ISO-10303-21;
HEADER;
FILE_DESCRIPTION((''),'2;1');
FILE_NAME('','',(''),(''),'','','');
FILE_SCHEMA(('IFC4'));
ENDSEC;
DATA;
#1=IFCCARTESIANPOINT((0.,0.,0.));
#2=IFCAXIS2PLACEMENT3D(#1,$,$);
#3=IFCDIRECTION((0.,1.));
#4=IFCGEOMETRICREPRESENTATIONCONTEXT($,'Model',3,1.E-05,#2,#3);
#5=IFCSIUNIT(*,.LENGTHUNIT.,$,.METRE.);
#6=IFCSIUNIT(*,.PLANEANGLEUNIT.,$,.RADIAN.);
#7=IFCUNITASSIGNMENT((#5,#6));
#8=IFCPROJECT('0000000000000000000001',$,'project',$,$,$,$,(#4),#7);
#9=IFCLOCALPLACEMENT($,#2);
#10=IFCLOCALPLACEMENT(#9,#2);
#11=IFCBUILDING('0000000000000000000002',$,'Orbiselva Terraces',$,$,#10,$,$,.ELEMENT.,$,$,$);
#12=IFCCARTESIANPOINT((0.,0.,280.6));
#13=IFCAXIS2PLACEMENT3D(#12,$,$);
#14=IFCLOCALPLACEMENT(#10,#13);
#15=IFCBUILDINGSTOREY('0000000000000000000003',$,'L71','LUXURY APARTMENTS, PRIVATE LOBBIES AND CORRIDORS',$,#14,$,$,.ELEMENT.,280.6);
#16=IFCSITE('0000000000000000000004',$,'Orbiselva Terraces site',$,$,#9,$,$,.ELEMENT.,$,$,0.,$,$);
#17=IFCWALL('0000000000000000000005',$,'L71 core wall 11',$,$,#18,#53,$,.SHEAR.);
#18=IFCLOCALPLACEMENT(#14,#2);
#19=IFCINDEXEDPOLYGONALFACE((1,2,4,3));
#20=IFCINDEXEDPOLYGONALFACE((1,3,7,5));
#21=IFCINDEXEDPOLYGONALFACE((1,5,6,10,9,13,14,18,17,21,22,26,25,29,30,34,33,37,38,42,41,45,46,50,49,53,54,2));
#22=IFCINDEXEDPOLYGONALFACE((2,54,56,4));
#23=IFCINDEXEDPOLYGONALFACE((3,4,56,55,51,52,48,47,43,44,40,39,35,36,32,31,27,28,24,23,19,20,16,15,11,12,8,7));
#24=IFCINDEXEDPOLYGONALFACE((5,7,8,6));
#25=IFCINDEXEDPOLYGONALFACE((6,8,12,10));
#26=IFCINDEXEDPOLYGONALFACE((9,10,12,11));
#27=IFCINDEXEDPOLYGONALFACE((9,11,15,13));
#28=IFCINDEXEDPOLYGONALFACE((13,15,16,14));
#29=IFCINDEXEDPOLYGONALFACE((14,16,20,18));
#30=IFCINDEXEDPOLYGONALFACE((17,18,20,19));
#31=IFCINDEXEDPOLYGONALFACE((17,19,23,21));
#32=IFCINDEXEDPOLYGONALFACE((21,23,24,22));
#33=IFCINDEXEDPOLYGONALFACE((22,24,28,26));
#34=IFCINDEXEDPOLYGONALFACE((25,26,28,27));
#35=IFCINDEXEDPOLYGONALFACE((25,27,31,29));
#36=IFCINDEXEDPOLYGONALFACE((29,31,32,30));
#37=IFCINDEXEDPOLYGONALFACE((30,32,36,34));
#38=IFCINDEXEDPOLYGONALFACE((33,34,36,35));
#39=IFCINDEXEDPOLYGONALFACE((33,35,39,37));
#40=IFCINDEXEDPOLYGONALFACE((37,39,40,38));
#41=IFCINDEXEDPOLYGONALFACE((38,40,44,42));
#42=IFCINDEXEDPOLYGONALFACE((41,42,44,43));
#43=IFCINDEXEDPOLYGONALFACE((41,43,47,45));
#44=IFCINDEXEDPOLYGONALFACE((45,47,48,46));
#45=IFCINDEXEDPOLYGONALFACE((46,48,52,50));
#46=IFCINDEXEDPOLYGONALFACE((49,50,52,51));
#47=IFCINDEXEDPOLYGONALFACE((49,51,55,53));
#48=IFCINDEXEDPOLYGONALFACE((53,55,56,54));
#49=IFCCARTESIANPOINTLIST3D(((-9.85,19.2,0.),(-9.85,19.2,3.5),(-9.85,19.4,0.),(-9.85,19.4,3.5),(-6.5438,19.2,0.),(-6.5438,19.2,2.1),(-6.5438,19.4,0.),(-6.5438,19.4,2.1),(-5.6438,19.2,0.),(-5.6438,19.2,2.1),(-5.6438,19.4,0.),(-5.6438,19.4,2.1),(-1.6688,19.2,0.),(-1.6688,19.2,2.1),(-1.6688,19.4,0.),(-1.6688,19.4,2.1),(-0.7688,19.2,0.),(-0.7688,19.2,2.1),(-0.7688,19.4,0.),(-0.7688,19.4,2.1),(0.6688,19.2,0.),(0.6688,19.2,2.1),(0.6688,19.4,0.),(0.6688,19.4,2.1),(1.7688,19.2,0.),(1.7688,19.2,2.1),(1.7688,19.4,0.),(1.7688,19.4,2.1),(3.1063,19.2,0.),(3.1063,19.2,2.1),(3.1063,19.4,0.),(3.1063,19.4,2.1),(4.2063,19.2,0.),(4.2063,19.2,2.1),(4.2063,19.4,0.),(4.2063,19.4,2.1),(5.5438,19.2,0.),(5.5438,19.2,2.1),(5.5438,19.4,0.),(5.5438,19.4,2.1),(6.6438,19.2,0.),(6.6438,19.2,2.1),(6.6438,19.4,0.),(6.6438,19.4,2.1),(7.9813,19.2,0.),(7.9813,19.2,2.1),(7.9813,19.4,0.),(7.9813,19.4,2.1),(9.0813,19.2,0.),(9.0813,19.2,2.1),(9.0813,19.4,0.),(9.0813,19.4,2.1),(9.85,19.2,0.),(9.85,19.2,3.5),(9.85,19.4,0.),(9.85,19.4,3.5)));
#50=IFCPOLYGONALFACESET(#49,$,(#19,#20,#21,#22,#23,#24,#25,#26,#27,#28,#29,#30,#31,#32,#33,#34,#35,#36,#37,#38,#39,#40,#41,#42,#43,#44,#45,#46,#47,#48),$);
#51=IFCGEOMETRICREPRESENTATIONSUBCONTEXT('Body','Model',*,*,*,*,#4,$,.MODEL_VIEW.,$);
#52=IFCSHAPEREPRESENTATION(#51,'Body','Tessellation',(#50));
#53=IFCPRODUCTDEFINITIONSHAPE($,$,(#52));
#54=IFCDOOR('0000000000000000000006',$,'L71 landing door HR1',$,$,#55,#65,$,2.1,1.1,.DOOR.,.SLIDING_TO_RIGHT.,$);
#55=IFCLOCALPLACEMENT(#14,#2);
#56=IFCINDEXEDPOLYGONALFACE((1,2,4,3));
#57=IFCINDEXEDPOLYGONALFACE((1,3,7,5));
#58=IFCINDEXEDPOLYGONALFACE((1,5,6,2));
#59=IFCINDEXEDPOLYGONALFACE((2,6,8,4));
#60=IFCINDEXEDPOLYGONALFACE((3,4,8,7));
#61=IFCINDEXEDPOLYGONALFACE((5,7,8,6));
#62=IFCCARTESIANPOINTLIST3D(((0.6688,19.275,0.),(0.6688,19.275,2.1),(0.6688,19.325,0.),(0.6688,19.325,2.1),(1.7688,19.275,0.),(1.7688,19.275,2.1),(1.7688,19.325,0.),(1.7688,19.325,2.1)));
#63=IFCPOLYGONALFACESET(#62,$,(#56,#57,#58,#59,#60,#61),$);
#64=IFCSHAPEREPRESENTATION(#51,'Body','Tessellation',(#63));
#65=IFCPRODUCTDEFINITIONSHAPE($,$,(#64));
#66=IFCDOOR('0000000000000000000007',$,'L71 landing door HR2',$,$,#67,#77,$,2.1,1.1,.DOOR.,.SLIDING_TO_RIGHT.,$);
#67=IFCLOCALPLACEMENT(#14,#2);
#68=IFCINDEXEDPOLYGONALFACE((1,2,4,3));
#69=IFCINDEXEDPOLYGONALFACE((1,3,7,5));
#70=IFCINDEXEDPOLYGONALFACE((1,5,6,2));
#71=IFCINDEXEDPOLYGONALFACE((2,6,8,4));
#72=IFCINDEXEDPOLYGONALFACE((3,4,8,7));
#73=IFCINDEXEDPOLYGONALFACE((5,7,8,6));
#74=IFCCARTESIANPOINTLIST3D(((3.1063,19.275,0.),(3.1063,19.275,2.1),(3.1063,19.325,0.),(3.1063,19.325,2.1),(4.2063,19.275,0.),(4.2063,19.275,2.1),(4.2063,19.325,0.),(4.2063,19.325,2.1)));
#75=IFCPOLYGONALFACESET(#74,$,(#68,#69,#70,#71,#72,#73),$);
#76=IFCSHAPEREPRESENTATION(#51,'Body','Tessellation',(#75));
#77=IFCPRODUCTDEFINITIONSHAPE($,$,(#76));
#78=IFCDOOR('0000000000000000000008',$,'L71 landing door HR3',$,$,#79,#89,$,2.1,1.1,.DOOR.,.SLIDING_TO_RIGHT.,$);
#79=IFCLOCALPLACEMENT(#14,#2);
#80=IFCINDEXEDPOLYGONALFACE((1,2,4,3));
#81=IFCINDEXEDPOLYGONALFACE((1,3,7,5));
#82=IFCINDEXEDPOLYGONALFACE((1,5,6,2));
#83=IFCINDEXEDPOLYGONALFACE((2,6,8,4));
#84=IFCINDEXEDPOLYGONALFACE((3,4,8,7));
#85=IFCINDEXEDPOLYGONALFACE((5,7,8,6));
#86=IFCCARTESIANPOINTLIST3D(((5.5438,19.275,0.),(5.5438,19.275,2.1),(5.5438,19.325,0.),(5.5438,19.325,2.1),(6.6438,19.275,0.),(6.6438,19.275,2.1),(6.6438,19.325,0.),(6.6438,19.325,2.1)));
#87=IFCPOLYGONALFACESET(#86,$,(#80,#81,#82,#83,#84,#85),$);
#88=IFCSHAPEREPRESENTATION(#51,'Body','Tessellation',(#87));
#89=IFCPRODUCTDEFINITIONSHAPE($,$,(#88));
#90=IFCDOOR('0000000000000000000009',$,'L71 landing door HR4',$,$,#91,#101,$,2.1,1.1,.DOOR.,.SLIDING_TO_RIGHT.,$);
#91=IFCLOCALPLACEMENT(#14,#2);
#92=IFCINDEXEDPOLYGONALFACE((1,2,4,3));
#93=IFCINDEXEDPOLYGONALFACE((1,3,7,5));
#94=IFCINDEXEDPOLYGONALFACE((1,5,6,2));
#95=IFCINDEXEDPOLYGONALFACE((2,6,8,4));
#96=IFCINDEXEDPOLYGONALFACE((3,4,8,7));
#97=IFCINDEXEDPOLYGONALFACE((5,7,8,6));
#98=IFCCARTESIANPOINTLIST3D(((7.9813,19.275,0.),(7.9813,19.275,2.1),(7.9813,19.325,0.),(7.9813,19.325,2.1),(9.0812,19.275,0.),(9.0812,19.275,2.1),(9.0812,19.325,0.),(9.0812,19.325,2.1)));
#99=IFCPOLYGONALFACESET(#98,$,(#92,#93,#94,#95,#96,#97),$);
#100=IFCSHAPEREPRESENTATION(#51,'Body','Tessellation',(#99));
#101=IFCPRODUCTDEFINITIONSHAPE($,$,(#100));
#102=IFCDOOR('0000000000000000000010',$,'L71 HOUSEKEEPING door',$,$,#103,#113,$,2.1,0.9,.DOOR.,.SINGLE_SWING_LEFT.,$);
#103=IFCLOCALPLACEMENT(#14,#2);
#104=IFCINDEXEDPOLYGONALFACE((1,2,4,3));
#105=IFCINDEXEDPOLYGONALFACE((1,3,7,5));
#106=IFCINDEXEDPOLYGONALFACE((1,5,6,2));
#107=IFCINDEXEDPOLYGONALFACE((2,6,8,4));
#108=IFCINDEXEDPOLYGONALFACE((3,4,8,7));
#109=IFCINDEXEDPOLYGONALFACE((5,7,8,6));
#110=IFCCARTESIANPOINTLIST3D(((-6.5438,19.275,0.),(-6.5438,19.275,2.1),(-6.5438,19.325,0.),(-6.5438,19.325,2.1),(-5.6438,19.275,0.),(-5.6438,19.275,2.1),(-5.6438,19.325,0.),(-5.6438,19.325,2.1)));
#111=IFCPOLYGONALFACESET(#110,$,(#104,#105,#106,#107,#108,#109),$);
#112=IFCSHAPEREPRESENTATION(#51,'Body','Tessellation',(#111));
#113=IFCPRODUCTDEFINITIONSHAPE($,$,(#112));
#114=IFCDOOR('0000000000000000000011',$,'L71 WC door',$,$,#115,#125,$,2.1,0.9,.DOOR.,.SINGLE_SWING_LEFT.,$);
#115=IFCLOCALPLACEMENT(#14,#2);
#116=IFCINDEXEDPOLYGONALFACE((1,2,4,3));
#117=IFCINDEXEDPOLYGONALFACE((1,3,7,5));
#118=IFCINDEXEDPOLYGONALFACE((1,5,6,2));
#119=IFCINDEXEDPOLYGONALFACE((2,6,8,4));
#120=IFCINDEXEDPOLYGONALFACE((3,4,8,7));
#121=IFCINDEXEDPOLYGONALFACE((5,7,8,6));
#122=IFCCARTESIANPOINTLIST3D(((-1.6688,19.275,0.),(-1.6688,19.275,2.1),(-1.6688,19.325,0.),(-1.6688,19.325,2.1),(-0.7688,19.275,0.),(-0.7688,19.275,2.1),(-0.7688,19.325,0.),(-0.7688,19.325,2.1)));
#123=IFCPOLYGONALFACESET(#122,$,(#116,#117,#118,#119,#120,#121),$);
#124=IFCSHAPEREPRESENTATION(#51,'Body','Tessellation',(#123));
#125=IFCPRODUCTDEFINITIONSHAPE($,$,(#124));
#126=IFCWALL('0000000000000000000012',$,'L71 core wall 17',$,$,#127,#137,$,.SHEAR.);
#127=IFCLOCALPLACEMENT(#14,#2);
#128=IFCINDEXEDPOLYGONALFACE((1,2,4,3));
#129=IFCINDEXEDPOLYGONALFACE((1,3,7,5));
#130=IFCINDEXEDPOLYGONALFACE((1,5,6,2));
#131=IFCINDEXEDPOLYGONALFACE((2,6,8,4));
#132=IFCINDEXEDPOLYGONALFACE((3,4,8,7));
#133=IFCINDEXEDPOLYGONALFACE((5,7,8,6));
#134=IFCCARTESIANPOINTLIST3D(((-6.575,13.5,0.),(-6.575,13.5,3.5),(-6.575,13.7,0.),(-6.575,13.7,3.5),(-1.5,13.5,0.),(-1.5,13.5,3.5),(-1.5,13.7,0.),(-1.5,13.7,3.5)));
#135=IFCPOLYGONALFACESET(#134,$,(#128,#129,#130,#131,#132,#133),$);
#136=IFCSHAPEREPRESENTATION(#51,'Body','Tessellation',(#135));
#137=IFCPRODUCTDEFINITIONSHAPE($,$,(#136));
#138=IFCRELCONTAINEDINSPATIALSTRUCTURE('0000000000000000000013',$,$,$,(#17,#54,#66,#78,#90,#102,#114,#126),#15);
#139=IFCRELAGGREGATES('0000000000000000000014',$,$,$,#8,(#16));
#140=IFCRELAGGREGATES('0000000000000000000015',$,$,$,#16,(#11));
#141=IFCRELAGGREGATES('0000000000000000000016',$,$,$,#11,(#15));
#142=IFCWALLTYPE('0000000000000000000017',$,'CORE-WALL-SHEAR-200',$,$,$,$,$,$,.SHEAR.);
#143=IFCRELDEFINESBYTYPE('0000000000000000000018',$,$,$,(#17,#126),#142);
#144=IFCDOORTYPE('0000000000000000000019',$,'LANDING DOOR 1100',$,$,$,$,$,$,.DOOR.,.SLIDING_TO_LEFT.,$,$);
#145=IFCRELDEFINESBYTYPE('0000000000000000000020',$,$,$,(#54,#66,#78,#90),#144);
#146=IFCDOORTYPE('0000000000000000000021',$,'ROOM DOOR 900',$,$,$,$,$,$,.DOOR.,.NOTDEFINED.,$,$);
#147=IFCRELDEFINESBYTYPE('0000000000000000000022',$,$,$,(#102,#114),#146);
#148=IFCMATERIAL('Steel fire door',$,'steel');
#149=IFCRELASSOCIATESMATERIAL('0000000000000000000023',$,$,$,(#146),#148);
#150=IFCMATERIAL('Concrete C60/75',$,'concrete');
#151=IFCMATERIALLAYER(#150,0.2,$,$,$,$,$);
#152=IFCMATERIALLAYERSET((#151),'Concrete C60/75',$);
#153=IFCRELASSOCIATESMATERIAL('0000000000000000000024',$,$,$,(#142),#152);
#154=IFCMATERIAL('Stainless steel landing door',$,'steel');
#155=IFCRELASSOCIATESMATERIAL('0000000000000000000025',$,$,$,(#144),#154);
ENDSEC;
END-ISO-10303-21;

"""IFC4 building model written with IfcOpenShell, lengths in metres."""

from ifc_helpers import new_model, si_unit, direction, frame, frame_2d, origin, place, context, subcontext, project, spatial, rectangle, extrude, material, layer, layer_set, type_object, element, fill, save


model = new_model("IFC4")

# Units and contexts
model_context = context("Model", 3, precision=1e-05, world=origin(), true_north=direction((0.0, 1.0)))
body_context = subcontext(model_context, "Body", "Model", "MODEL_VIEW")
ifc_project = project(units=[si_unit("LENGTHUNIT", "METRE"), si_unit("PLANEANGLEUNIT", "RADIAN")], contexts=[model_context])

# Site, building, storey
site_placement = place(None, origin())
site = spatial("IfcSite", under=ifc_project, at=site_placement, Name="Orbiselva Terraces site", CompositionType="ELEMENT", RefElevation=0.0)
building_placement = place(site_placement, origin())
building = spatial("IfcBuilding", under=site, at=building_placement, Name="Orbiselva Terraces", CompositionType="ELEMENT")
storey_placement = place(building_placement, frame((0.0, 0.0, 280.6)))
storey = spatial("IfcBuildingStorey", under=building, at=storey_placement, Name="L71", Description="LUXURY APARTMENTS, PRIVATE LOBBIES AND CORRIDORS", CompositionType="ELEMENT", Elevation=280.6)

# Shared definitions
ifc_material_1 = material(Name="Steel fire door", Category="steel")
door_type_1 = type_object("IfcDoorType", Name="ROOM DOOR 900", OperationType="NOTDEFINED", PredefinedType="DOOR", material=ifc_material_1)

# Shared definitions
ifc_material_2 = material(Name="Concrete C60/75", Category="concrete")
ifc_layer_1 = layer(ifc_material_2, 0.2)
ifc_layer_set_1 = layer_set([ifc_layer_1], Name="Concrete C60/75")
wall_type_1 = type_object("IfcWallType", Name="CORE-WALL-SHEAR-200", PredefinedType="SHEAR", material=ifc_layer_set_1)

# Wall, openings, doors
wall_1_placement = place(storey_placement, frame((-9.85, 19.3, 0.0), z_axis=(0.0, 0.0, 1.0), x_axis=(1.0, 0.0, 0.0)))
wall_1 = element("IfcWall", 1, at=wall_1_placement, inside=storey, type_object=wall_type_1, Name="L71 core wall 11", PredefinedType="SHEAR", context=body_context, shape_type="SweptSolid", body=[
    extrude(rectangle(XDim=19.7, YDim=0.2, at=frame_2d((9.85, 0.0))), origin(), (0.0, 0.0, 1.0), 3.5),
])
opening_1_placement = place(wall_1_placement, frame((10.5188, 0.0, 0.0)))
opening_1 = element("IfcOpeningElement", 2, at=opening_1_placement, cuts=wall_1, PredefinedType="OPENING", context=body_context, shape_type="SweptSolid", body=[
    extrude(rectangle(XDim=1.1, YDim=2.1, at=frame_2d((0.55, 1.05))), frame((0.0, 0.11, 0.0), z_axis=(0.0, -1.0, 0.0), x_axis=(1.0, 0.0, 0.0)), (0.0, 0.0, 1.0), 0.22),
])
opening_2_placement = place(wall_1_placement, frame((12.9563, 0.0, 0.0)))
opening_2 = element("IfcOpeningElement", 3, at=opening_2_placement, cuts=wall_1, PredefinedType="OPENING", context=body_context, shape_type="SweptSolid", body=[
    extrude(rectangle(XDim=1.1, YDim=2.1, at=frame_2d((0.55, 1.05))), frame((0.0, 0.11, 0.0), z_axis=(0.0, -1.0, 0.0), x_axis=(1.0, 0.0, 0.0)), (0.0, 0.0, 1.0), 0.22),
])
opening_3_placement = place(wall_1_placement, frame((15.3938, 0.0, 0.0)))
opening_3 = element("IfcOpeningElement", 4, at=opening_3_placement, cuts=wall_1, PredefinedType="OPENING", context=body_context, shape_type="SweptSolid", body=[
    extrude(rectangle(XDim=1.1, YDim=2.1, at=frame_2d((0.55, 1.05))), frame((0.0, 0.11, 0.0), z_axis=(0.0, -1.0, 0.0), x_axis=(1.0, 0.0, 0.0)), (0.0, 0.0, 1.0), 0.22),
])
opening_4_placement = place(wall_1_placement, frame((17.8313, 0.0, 0.0)))
opening_4 = element("IfcOpeningElement", 5, at=opening_4_placement, cuts=wall_1, PredefinedType="OPENING", context=body_context, shape_type="SweptSolid", body=[
    extrude(rectangle(XDim=1.1, YDim=2.1, at=frame_2d((0.55, 1.05))), frame((0.0, 0.11, 0.0), z_axis=(0.0, -1.0, 0.0), x_axis=(1.0, 0.0, 0.0)), (0.0, 0.0, 1.0), 0.22),
])
opening_5_placement = place(wall_1_placement, frame((3.3062, 0.0, 0.0)))
opening_5 = element("IfcOpeningElement", 6, at=opening_5_placement, cuts=wall_1, PredefinedType="OPENING", context=body_context, shape_type="SweptSolid", body=[
    extrude(rectangle(XDim=0.9, YDim=2.1, at=frame_2d((0.45, 1.05))), frame((0.0, 0.11, 0.0), z_axis=(0.0, -1.0, 0.0), x_axis=(1.0, 0.0, 0.0)), (0.0, 0.0, 1.0), 0.22),
])
opening_6_placement = place(wall_1_placement, frame((8.1812, 0.0, 0.0)))
opening_6 = element("IfcOpeningElement", 7, at=opening_6_placement, cuts=wall_1, PredefinedType="OPENING", context=body_context, shape_type="SweptSolid", body=[
    extrude(rectangle(XDim=0.9, YDim=2.1, at=frame_2d((0.45, 1.05))), frame((0.0, 0.11, 0.0), z_axis=(0.0, -1.0, 0.0), x_axis=(1.0, 0.0, 0.0)), (0.0, 0.0, 1.0), 0.22),
])
ifc_material_3 = material(Name="Stainless steel landing door", Category="steel")
door_type_2 = type_object("IfcDoorType", Name="LANDING DOOR 1100", OperationType="SLIDING_TO_LEFT", PredefinedType="DOOR", material=ifc_material_3)
door_1_placement = place(opening_1_placement, origin())
door_1 = element("IfcDoor", 8, at=door_1_placement, inside=storey, type_object=door_type_2, Name="L71 landing door HR1", OperationType="SLIDING_TO_RIGHT", OverallHeight=2.1, OverallWidth=1.1, PredefinedType="DOOR", context=body_context, shape_type="SweptSolid", body=[
    extrude(rectangle(XDim=1.1, YDim=2.1, at=frame_2d((0.55, 1.05))), frame((0.0, 0.025, 0.0), z_axis=(0.0, -1.0, 0.0), x_axis=(1.0, 0.0, 0.0)), (0.0, 0.0, 1.0), 0.05),
])
fill(opening_1, door_1)
door_2_placement = place(opening_2_placement, origin())
door_2 = element("IfcDoor", 9, at=door_2_placement, inside=storey, type_object=door_type_2, Name="L71 landing door HR2", OperationType="SLIDING_TO_RIGHT", OverallHeight=2.1, OverallWidth=1.1, PredefinedType="DOOR", context=body_context, shape_type="SweptSolid", body=[
    extrude(rectangle(XDim=1.1, YDim=2.1, at=frame_2d((0.55, 1.05))), frame((0.0, 0.025, 0.0), z_axis=(0.0, -1.0, 0.0), x_axis=(1.0, 0.0, 0.0)), (0.0, 0.0, 1.0), 0.05),
])
fill(opening_2, door_2)
door_3_placement = place(opening_3_placement, origin())
door_3 = element("IfcDoor", 10, at=door_3_placement, inside=storey, type_object=door_type_2, Name="L71 landing door HR3", OperationType="SLIDING_TO_RIGHT", OverallHeight=2.1, OverallWidth=1.1, PredefinedType="DOOR", context=body_context, shape_type="SweptSolid", body=[
    extrude(rectangle(XDim=1.1, YDim=2.1, at=frame_2d((0.55, 1.05))), frame((0.0, 0.025, 0.0), z_axis=(0.0, -1.0, 0.0), x_axis=(1.0, 0.0, 0.0)), (0.0, 0.0, 1.0), 0.05),
])
fill(opening_3, door_3)
door_4_placement = place(opening_4_placement, origin())
door_4 = element("IfcDoor", 11, at=door_4_placement, inside=storey, type_object=door_type_2, Name="L71 landing door HR4", OperationType="SLIDING_TO_RIGHT", OverallHeight=2.1, OverallWidth=1.1, PredefinedType="DOOR", context=body_context, shape_type="SweptSolid", body=[
    extrude(rectangle(XDim=1.1, YDim=2.1, at=frame_2d((0.55, 1.05))), frame((0.0, 0.025, 0.0), z_axis=(0.0, -1.0, 0.0), x_axis=(1.0, 0.0, 0.0)), (0.0, 0.0, 1.0), 0.05),
])
fill(opening_4, door_4)
door_5_placement = place(opening_5_placement, origin())
door_5 = element("IfcDoor", 12, at=door_5_placement, inside=storey, type_object=door_type_1, Name="L71 HOUSEKEEPING door", OperationType="SINGLE_SWING_LEFT", OverallHeight=2.1, OverallWidth=0.9, PredefinedType="DOOR", context=body_context, shape_type="SweptSolid", body=[
    extrude(rectangle(XDim=0.9, YDim=2.1, at=frame_2d((0.45, 1.05))), frame((0.0, 0.025, 0.0), z_axis=(0.0, -1.0, 0.0), x_axis=(1.0, 0.0, 0.0)), (0.0, 0.0, 1.0), 0.05),
])
fill(opening_5, door_5)
door_6_placement = place(opening_6_placement, origin())
door_6 = element("IfcDoor", 13, at=door_6_placement, inside=storey, type_object=door_type_1, Name="L71 WC door", OperationType="SINGLE_SWING_LEFT", OverallHeight=2.1, OverallWidth=0.9, PredefinedType="DOOR", context=body_context, shape_type="SweptSolid", body=[
    extrude(rectangle(XDim=0.9, YDim=2.1, at=frame_2d((0.45, 1.05))), frame((0.0, 0.025, 0.0), z_axis=(0.0, -1.0, 0.0), x_axis=(1.0, 0.0, 0.0)), (0.0, 0.0, 1.0), 0.05),
])
fill(opening_6, door_6)

# Wall
wall_2_placement = place(storey_placement, frame((-6.575, 13.6, 0.0), z_axis=(0.0, 0.0, 1.0), x_axis=(1.0, 0.0, 0.0)))
element("IfcWall", 14, at=wall_2_placement, inside=storey, type_object=wall_type_1, Name="L71 core wall 17", PredefinedType="SHEAR", context=body_context, shape_type="SweptSolid", body=[
    extrude(rectangle(XDim=5.075, YDim=0.2, at=frame_2d((2.5375, 0.0))), origin(), (0.0, 0.0, 1.0), 3.5),
])

save(model, "model.ifc")
